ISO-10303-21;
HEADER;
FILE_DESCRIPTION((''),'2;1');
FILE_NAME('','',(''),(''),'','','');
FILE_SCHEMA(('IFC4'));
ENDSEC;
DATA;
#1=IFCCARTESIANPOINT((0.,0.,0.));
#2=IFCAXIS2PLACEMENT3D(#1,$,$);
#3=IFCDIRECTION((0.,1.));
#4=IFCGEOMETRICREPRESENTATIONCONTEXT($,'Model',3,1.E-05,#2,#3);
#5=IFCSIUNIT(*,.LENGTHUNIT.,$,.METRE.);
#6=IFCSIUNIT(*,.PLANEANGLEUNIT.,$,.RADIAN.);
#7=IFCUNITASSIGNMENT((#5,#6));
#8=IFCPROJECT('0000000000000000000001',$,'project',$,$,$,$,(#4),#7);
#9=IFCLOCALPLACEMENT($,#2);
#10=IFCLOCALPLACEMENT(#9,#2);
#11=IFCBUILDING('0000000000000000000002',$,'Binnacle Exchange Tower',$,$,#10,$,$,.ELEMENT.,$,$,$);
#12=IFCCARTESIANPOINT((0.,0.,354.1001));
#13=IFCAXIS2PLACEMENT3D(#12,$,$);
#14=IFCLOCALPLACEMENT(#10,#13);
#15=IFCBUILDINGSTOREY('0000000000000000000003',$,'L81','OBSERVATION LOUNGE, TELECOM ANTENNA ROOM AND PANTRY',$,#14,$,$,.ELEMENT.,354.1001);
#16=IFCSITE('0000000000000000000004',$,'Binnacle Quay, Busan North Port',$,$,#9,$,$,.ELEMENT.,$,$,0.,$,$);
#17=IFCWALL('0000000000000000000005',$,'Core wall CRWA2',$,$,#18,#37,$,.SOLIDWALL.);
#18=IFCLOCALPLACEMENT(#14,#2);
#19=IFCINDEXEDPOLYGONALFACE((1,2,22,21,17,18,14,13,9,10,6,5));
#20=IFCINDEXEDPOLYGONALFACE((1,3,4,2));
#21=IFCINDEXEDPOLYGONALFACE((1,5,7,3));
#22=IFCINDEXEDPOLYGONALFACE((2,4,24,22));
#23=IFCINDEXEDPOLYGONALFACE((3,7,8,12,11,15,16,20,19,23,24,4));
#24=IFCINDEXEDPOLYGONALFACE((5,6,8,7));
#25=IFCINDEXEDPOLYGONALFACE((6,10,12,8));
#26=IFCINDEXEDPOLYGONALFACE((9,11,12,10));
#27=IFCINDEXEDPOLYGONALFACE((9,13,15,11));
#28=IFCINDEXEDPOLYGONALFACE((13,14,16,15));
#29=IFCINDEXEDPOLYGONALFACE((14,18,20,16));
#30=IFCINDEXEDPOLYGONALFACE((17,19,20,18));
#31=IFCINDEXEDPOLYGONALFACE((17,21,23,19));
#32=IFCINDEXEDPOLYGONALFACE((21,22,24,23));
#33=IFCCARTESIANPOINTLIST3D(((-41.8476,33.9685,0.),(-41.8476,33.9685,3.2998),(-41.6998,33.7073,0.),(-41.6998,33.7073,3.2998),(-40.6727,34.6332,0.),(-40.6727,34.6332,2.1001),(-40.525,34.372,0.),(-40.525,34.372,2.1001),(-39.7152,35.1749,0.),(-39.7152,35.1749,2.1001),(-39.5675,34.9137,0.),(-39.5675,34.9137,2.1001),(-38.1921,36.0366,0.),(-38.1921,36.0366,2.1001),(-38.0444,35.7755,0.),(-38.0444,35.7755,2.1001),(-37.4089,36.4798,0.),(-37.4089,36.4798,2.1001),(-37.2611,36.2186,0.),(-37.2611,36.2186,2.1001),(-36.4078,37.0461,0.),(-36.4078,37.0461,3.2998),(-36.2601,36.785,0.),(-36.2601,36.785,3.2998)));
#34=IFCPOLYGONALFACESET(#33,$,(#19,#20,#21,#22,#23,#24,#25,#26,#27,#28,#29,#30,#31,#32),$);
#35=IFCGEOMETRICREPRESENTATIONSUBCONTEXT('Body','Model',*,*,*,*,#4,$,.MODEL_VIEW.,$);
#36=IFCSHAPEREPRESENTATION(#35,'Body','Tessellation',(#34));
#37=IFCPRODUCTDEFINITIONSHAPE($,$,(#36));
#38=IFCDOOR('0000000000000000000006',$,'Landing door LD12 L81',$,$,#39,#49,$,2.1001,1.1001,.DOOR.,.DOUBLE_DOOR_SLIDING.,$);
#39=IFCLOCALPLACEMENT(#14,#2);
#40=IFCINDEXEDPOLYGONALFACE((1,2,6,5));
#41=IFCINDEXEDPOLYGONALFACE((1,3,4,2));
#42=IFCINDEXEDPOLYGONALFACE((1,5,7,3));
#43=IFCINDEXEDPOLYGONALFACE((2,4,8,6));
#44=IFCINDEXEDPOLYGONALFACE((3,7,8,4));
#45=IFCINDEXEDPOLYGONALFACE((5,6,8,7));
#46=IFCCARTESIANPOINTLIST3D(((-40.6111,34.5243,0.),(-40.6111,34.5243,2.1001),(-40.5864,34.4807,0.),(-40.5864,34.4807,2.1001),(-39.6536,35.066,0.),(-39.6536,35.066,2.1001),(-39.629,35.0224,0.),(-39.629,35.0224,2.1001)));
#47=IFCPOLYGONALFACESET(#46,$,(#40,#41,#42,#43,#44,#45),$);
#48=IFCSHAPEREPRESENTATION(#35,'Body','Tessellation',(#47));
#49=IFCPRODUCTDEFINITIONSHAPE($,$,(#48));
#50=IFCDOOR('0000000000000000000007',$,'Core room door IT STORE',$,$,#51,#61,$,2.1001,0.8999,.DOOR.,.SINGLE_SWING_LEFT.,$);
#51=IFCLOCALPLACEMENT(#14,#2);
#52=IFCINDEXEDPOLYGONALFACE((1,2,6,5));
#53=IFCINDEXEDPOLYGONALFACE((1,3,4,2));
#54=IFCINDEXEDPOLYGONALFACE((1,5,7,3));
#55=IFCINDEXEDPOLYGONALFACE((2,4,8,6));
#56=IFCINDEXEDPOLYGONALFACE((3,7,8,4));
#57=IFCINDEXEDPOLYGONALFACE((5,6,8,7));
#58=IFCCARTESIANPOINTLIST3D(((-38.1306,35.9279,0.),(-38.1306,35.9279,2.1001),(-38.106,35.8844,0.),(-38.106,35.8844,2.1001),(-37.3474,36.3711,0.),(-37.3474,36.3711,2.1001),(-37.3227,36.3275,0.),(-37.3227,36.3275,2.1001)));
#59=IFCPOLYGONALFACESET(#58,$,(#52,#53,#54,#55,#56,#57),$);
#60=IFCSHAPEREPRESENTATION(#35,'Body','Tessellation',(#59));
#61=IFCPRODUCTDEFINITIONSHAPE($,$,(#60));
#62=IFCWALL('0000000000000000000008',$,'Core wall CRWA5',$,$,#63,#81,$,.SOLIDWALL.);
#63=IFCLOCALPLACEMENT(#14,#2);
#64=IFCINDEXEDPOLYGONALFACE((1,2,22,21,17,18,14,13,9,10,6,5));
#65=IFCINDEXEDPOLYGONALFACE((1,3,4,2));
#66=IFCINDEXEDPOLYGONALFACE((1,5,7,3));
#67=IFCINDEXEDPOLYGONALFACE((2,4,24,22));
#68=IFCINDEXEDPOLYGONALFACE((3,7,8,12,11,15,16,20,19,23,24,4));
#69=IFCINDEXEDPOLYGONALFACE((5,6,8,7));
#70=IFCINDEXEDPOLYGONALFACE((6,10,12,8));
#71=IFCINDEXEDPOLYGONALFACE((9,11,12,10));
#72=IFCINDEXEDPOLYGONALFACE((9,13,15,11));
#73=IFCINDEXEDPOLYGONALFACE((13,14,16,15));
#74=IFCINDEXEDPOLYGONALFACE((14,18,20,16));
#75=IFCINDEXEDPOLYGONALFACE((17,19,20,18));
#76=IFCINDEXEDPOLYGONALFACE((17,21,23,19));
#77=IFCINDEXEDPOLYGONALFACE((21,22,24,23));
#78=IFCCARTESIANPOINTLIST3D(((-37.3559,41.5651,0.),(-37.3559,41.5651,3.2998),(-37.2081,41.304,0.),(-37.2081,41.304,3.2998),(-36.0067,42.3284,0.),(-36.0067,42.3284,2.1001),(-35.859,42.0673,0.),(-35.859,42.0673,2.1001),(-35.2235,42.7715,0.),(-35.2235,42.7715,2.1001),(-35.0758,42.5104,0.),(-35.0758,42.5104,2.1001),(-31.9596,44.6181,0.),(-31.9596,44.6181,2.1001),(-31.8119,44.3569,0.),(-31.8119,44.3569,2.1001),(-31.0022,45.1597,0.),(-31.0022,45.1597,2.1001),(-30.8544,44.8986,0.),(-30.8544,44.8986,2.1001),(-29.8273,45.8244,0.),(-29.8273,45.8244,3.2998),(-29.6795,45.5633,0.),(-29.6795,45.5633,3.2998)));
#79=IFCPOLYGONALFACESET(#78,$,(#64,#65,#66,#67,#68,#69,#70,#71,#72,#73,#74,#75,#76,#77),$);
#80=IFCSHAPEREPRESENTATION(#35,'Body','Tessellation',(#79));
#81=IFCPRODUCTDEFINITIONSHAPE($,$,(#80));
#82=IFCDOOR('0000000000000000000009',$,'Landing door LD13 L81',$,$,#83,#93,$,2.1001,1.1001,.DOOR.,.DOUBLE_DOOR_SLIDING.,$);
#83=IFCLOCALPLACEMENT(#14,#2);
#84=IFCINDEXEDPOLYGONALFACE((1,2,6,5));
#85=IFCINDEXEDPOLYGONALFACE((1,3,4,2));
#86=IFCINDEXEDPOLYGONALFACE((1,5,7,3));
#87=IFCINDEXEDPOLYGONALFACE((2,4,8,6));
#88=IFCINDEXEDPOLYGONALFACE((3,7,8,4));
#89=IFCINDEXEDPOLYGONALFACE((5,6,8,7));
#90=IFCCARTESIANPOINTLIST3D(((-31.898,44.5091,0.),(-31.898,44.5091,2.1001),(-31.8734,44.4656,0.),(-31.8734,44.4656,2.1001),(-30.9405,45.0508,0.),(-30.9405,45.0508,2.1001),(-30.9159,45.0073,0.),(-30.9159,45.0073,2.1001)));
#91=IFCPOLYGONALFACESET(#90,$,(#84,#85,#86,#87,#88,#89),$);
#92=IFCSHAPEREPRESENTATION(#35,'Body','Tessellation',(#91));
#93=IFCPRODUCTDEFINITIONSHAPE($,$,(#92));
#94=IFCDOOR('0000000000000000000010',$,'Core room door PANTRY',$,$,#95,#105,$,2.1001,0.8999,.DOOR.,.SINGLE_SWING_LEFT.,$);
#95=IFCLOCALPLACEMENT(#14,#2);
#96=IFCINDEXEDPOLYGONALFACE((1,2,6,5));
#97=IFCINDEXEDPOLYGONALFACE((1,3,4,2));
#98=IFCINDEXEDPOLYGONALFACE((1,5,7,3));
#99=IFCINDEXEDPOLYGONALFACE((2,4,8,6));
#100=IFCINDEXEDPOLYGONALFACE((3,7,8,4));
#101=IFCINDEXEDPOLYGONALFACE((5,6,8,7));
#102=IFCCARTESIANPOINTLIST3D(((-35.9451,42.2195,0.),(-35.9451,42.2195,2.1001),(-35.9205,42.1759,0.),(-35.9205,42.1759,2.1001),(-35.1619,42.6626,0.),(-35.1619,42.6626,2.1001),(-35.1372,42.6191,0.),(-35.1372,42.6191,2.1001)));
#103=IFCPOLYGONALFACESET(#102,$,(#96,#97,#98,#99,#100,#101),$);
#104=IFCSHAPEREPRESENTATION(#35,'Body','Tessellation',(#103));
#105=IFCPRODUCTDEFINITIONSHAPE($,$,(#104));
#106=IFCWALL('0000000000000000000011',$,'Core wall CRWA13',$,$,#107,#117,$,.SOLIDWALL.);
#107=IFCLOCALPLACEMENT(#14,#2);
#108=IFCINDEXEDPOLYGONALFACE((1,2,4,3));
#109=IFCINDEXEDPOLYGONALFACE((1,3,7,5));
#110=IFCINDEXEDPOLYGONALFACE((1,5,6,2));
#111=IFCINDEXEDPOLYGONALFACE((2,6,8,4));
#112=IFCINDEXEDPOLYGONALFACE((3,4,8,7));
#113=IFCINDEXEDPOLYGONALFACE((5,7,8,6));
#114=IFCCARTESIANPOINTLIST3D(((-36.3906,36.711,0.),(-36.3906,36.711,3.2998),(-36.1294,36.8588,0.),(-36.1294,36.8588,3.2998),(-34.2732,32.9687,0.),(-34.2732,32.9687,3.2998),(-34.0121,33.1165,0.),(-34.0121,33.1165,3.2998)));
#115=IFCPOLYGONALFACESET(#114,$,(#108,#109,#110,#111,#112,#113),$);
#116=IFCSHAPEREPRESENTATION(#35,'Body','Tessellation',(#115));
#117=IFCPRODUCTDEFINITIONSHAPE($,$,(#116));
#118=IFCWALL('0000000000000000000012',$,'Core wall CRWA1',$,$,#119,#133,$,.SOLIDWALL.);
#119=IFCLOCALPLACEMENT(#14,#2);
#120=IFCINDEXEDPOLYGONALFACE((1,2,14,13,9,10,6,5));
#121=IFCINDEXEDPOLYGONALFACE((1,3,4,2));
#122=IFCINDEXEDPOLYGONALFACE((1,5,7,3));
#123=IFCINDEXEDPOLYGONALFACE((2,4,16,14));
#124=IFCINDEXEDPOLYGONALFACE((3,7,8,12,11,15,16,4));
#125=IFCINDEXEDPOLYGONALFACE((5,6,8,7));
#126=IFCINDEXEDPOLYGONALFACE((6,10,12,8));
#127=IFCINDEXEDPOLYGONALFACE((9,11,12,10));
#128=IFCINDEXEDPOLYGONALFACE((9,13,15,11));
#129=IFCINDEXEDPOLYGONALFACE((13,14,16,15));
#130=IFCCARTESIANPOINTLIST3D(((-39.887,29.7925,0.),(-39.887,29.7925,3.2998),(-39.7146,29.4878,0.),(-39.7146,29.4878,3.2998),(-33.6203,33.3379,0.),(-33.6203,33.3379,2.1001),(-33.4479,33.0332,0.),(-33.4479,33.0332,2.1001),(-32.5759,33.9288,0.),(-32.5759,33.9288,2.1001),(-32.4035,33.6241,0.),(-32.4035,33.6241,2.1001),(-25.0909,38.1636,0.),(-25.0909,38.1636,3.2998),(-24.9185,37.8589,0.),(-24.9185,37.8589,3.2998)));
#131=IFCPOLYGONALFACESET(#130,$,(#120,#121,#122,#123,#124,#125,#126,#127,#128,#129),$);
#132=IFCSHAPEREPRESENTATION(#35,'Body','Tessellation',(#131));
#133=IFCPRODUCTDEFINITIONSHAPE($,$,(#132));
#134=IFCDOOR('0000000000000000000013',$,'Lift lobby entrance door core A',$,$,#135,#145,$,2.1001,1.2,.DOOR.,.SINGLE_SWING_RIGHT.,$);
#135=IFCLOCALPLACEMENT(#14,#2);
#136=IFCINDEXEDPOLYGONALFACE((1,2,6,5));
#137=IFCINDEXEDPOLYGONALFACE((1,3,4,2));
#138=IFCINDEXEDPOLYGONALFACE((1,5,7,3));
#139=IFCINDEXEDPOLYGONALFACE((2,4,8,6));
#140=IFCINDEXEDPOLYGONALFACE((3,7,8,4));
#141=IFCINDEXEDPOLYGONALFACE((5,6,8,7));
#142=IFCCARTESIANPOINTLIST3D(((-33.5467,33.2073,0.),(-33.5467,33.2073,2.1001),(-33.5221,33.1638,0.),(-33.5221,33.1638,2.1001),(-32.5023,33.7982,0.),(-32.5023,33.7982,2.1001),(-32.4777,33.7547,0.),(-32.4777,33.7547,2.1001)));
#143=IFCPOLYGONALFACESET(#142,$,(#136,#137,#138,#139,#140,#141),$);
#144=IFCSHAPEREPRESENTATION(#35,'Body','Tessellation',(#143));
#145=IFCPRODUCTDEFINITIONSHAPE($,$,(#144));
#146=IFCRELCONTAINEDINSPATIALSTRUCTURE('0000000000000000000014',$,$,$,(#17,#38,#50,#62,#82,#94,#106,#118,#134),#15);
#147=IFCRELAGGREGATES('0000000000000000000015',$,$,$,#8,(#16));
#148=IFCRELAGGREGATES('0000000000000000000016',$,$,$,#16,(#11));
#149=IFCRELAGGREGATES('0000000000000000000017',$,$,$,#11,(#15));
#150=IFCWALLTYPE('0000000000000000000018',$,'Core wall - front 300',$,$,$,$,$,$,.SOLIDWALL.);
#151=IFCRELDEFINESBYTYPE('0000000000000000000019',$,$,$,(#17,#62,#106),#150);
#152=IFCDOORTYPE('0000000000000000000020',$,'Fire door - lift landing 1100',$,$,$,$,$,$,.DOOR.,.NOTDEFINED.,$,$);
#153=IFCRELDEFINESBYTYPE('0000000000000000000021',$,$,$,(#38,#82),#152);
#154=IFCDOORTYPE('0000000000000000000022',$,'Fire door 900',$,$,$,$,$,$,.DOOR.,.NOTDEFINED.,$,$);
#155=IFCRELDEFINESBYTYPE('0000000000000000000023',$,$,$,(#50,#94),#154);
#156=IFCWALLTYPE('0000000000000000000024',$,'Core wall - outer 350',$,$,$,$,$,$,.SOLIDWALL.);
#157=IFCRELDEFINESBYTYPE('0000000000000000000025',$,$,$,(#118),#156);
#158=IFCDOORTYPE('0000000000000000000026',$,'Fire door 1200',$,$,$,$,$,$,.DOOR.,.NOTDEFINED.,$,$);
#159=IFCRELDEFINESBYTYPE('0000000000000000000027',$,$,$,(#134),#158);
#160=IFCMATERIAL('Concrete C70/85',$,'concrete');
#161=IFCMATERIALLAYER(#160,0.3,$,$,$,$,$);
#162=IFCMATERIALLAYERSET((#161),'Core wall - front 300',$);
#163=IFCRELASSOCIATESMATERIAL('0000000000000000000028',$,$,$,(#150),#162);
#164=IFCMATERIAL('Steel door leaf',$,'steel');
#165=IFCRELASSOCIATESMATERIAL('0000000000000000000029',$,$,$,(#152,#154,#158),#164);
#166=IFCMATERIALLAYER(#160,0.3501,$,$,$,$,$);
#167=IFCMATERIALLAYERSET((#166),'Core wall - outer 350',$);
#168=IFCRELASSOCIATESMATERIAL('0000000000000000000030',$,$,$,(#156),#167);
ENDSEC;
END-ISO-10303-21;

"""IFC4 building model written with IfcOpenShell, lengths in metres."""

from ifc_helpers import new_model, si_unit, direction, frame, frame_2d, origin, place, context, subcontext, project, spatial, rectangle, extrude, material, layer, layer_set, type_object, element, fill, save


model = new_model("IFC4")

# Units and contexts
model_context = context("Model", 3, precision=1e-05, world=origin(), true_north=direction((0.0, 1.0)))
body_context = subcontext(model_context, "Body", "Model", "MODEL_VIEW")
ifc_project = project(units=[si_unit("LENGTHUNIT", "METRE"), si_unit("PLANEANGLEUNIT", "RADIAN")], contexts=[model_context])

# Site, building, storey
site_placement = place(None, origin())
site = spatial("IfcSite", under=ifc_project, at=site_placement, Name="Binnacle Quay, Busan North Port", CompositionType="ELEMENT", RefElevation=0.0)
building_placement = place(site_placement, origin())
building = spatial("IfcBuilding", under=site, at=building_placement, Name="Binnacle Exchange Tower", CompositionType="ELEMENT")
storey_placement = place(building_placement, frame((0.0, 0.0, 354.1001)))
storey = spatial("IfcBuildingStorey", under=building, at=storey_placement, Name="L81", Description="OBSERVATION LOUNGE, TELECOM ANTENNA ROOM AND PANTRY", CompositionType="ELEMENT", Elevation=354.1001)

# Walls, openings, doors
ifc_material_1 = material(Name="Concrete C70/85", Category="concrete")
ifc_layer_1 = layer(ifc_material_1, 0.3)
ifc_layer_set_1 = layer_set([ifc_layer_1], Name="Core wall - front 300")
wall_type_1 = type_object("IfcWallType", Name="Core wall - front 300", PredefinedType="SOLIDWALL", material=ifc_layer_set_1)
wall_1_placement = place(storey_placement, frame((-41.7737, 33.8379, 0.0), z_axis=(0.0, 0.0, 1.0), x_axis=(0.870355, 0.492424, 0.0)))
wall_1 = element("IfcWall", 1, at=wall_1_placement, inside=storey, type_object=wall_type_1, Name="Core wall CRWA2", PredefinedType="SOLIDWALL", context=body_context, shape_type="SweptSolid", body=[
    extrude(rectangle(XDim=6.25, YDim=0.3, at=frame_2d((3.125, 0.0))), origin(), (0.0, 0.0, 1.0), 3.2998),
])
opening_1_placement = place(wall_1_placement, frame((1.3499, 0.0, 0.0)))
opening_1 = element("IfcOpeningElement", 2, at=opening_1_placement, cuts=wall_1, PredefinedType="OPENING", context=body_context, shape_type="SweptSolid", body=[
    extrude(rectangle(XDim=1.1001, YDim=2.1001, at=frame_2d((0.55, 1.05))), frame((0.0, 0.1599, 0.0), z_axis=(0.0, -1.0, 0.0), x_axis=(1.0, 0.0, 0.0)), (0.0, 0.0, 1.0), 0.3201),
])
opening_2_placement = place(wall_1_placement, frame((4.2, 0.0, 0.0)))
opening_2 = element("IfcOpeningElement", 3, at=opening_2_placement, cuts=wall_1, PredefinedType="OPENING", context=body_context, shape_type="SweptSolid", body=[
    extrude(rectangle(XDim=0.8999, YDim=2.1001, at=frame_2d((0.45, 1.05))), frame((0.0, 0.1599, 0.0), z_axis=(0.0, -1.0, 0.0), x_axis=(1.0, 0.0, 0.0)), (0.0, 0.0, 1.0), 0.3201),
])
ifc_material_2 = material(Name="Steel door leaf", Category="steel")
door_type_1 = type_object("IfcDoorType", Name="Fire door - lift landing 1100", OperationType="NOTDEFINED", PredefinedType="DOOR", material=ifc_material_2)
door_1_placement = place(opening_1_placement, origin())
door_1 = element("IfcDoor", 4, at=door_1_placement, inside=storey, type_object=door_type_1, Name="Landing door LD12 L81", OperationType="DOUBLE_DOOR_SLIDING", OverallHeight=2.1001, OverallWidth=1.1001, PredefinedType="DOOR", context=body_context, shape_type="SweptSolid", body=[
    extrude(rectangle(XDim=1.1001, YDim=2.1001, at=frame_2d((0.55, 1.05))), frame((0.0, 0.0249, 0.0), z_axis=(0.0, -1.0, 0.0), x_axis=(1.0, 0.0, 0.0)), (0.0, 0.0, 1.0), 0.05),
])
fill(opening_1, door_1)
door_type_2 = type_object("IfcDoorType", Name="Fire door 900", OperationType="NOTDEFINED", PredefinedType="DOOR", material=ifc_material_2)
door_2_placement = place(opening_2_placement, frame((0.8999, 0.0, 0.0), z_axis=(0.0, 0.0, 1.0), x_axis=(-1.0, 0.0, 0.0)))
door_2 = element("IfcDoor", 5, at=door_2_placement, inside=storey, type_object=door_type_2, Name="Core room door IT STORE", OperationType="SINGLE_SWING_LEFT", OverallHeight=2.1001, OverallWidth=0.8999, PredefinedType="DOOR", context=body_context, shape_type="SweptSolid", body=[
    extrude(rectangle(XDim=0.8999, YDim=2.1001, at=frame_2d((0.45, 1.05))), frame((0.0, 0.0249, 0.0), z_axis=(0.0, -1.0, 0.0), x_axis=(1.0, 0.0, 0.0)), (0.0, 0.0, 1.0), 0.05),
])
fill(opening_2, door_2)
wall_2_placement = place(storey_placement, frame((-37.282, 41.4346, 0.0), z_axis=(0.0, 0.0, 1.0), x_axis=(0.870365, 0.492408, 0.0)))
wall_2 = element("IfcWall", 6, at=wall_2_placement, inside=storey, type_object=wall_type_1, Name="Core wall CRWA5", PredefinedType="SOLIDWALL", context=body_context, shape_type="SweptSolid", body=[
    extrude(rectangle(XDim=8.6499, YDim=0.3, at=frame_2d((4.325, 0.0))), origin(), (0.0, 0.0, 1.0), 3.2998),
])
opening_3_placement = place(wall_2_placement, frame((6.2, 0.0, 0.0)))
opening_3 = element("IfcOpeningElement", 7, at=opening_3_placement, cuts=wall_2, PredefinedType="OPENING", context=body_context, shape_type="SweptSolid", body=[
    extrude(rectangle(XDim=1.1001, YDim=2.1001, at=frame_2d((0.55, 1.05))), frame((0.0, 0.1599, 0.0), z_axis=(0.0, -1.0, 0.0), x_axis=(1.0, 0.0, 0.0)), (0.0, 0.0, 1.0), 0.3201),
])
opening_4_placement = place(wall_2_placement, frame((1.55, 0.0, 0.0)))
opening_4 = element("IfcOpeningElement", 8, at=opening_4_placement, cuts=wall_2, PredefinedType="OPENING", context=body_context, shape_type="SweptSolid", body=[
    extrude(rectangle(XDim=0.8999, YDim=2.1001, at=frame_2d((0.45, 1.05))), frame((0.0, 0.1599, 0.0), z_axis=(0.0, -1.0, 0.0), x_axis=(1.0, 0.0, 0.0)), (0.0, 0.0, 1.0), 0.3201),
])
door_3_placement = place(opening_3_placement, origin())
door_3 = element("IfcDoor", 9, at=door_3_placement, inside=storey, type_object=door_type_1, Name="Landing door LD13 L81", OperationType="DOUBLE_DOOR_SLIDING", OverallHeight=2.1001, OverallWidth=1.1001, PredefinedType="DOOR", context=body_context, shape_type="SweptSolid", body=[
    extrude(rectangle(XDim=1.1001, YDim=2.1001, at=frame_2d((0.55, 1.05))), frame((0.0, 0.0249, 0.0), z_axis=(0.0, -1.0, 0.0), x_axis=(1.0, 0.0, 0.0)), (0.0, 0.0, 1.0), 0.05),
])
fill(opening_3, door_3)
door_4_placement = place(opening_4_placement, origin())
door_4 = element("IfcDoor", 10, at=door_4_placement, inside=storey, type_object=door_type_2, Name="Core room door PANTRY", OperationType="SINGLE_SWING_LEFT", OverallHeight=2.1001, OverallWidth=0.8999, PredefinedType="DOOR", context=body_context, shape_type="SweptSolid", body=[
    extrude(rectangle(XDim=0.8999, YDim=2.1001, at=frame_2d((0.45, 1.05))), frame((0.0, 0.0249, 0.0), z_axis=(0.0, -1.0, 0.0), x_axis=(1.0, 0.0, 0.0)), (0.0, 0.0, 1.0), 0.05),
])
fill(opening_4, door_4)

# Wall
wall_3_placement = place(storey_placement, frame((-36.26, 36.7849, 0.0), z_axis=(0.0, 0.0, 1.0), x_axis=(0.492435, -0.870349, 0.0)))
element("IfcWall", 11, at=wall_3_placement, inside=storey, type_object=wall_type_1, Name="Core wall CRWA13", PredefinedType="SOLIDWALL", context=body_context, shape_type="SweptSolid", body=[
    extrude(rectangle(XDim=4.2998, YDim=0.3, at=frame_2d((2.1499, 0.0))), origin(), (0.0, 0.0, 1.0), 3.2998),
])

# Wall, opening, door
ifc_layer_2 = layer(ifc_material_1, 0.3501)
ifc_layer_set_2 = layer_set([ifc_layer_2], Name="Core wall - outer 350")
wall_type_2 = type_object("IfcWallType", Name="Core wall - outer 350", PredefinedType="SOLIDWALL", material=ifc_layer_set_2)
wall_4_placement = place(storey_placement, frame((-39.8008, 29.6401, 0.0), z_axis=(0.0, 0.0, 1.0), x_axis=(0.87036, 0.492416, 0.0)))
wall_4 = element("IfcWall", 12, at=wall_4_placement, inside=storey, type_object=wall_type_2, Name="Core wall CRWA1", PredefinedType="SOLIDWALL", context=body_context, shape_type="SweptSolid", body=[
    extrude(rectangle(XDim=17.0, YDim=0.3501, at=frame_2d((8.5, 0.0))), origin(), (0.0, 0.0, 1.0), 3.2998),
])
opening_5_placement = place(wall_4_placement, frame((7.2, 0.0, 0.0)))
opening_5 = element("IfcOpeningElement", 13, at=opening_5_placement, cuts=wall_4, PredefinedType="OPENING", context=body_context, shape_type="SweptSolid", body=[
    extrude(rectangle(XDim=1.2, YDim=2.1001, at=frame_2d((0.6001, 1.05))), frame((0.0, 0.1851, 0.0), z_axis=(0.0, -1.0, 0.0), x_axis=(1.0, 0.0, 0.0)), (0.0, 0.0, 1.0), 0.3701),
])
door_type_3 = type_object("IfcDoorType", Name="Fire door 1200", OperationType="NOTDEFINED", PredefinedType="DOOR", material=ifc_material_2)
door_5_placement = place(opening_5_placement, frame((1.2, 0.0, 0.0), z_axis=(0.0, 0.0, 1.0), x_axis=(-1.0, 0.0, 0.0)))
door_5 = element("IfcDoor", 14, at=door_5_placement, inside=storey, type_object=door_type_3, Name="Lift lobby entrance door core A", OperationType="SINGLE_SWING_RIGHT", OverallHeight=2.1001, OverallWidth=1.2, PredefinedType="DOOR", context=body_context, shape_type="SweptSolid", body=[
    extrude(rectangle(XDim=1.2, YDim=2.1001, at=frame_2d((0.6001, 1.05))), frame((0.0, 0.0249, 0.0), z_axis=(0.0, -1.0, 0.0), x_axis=(1.0, 0.0, 0.0)), (0.0, 0.0, 1.0), 0.05),
])
fill(opening_5, door_5)

save(model, "model.ifc")
